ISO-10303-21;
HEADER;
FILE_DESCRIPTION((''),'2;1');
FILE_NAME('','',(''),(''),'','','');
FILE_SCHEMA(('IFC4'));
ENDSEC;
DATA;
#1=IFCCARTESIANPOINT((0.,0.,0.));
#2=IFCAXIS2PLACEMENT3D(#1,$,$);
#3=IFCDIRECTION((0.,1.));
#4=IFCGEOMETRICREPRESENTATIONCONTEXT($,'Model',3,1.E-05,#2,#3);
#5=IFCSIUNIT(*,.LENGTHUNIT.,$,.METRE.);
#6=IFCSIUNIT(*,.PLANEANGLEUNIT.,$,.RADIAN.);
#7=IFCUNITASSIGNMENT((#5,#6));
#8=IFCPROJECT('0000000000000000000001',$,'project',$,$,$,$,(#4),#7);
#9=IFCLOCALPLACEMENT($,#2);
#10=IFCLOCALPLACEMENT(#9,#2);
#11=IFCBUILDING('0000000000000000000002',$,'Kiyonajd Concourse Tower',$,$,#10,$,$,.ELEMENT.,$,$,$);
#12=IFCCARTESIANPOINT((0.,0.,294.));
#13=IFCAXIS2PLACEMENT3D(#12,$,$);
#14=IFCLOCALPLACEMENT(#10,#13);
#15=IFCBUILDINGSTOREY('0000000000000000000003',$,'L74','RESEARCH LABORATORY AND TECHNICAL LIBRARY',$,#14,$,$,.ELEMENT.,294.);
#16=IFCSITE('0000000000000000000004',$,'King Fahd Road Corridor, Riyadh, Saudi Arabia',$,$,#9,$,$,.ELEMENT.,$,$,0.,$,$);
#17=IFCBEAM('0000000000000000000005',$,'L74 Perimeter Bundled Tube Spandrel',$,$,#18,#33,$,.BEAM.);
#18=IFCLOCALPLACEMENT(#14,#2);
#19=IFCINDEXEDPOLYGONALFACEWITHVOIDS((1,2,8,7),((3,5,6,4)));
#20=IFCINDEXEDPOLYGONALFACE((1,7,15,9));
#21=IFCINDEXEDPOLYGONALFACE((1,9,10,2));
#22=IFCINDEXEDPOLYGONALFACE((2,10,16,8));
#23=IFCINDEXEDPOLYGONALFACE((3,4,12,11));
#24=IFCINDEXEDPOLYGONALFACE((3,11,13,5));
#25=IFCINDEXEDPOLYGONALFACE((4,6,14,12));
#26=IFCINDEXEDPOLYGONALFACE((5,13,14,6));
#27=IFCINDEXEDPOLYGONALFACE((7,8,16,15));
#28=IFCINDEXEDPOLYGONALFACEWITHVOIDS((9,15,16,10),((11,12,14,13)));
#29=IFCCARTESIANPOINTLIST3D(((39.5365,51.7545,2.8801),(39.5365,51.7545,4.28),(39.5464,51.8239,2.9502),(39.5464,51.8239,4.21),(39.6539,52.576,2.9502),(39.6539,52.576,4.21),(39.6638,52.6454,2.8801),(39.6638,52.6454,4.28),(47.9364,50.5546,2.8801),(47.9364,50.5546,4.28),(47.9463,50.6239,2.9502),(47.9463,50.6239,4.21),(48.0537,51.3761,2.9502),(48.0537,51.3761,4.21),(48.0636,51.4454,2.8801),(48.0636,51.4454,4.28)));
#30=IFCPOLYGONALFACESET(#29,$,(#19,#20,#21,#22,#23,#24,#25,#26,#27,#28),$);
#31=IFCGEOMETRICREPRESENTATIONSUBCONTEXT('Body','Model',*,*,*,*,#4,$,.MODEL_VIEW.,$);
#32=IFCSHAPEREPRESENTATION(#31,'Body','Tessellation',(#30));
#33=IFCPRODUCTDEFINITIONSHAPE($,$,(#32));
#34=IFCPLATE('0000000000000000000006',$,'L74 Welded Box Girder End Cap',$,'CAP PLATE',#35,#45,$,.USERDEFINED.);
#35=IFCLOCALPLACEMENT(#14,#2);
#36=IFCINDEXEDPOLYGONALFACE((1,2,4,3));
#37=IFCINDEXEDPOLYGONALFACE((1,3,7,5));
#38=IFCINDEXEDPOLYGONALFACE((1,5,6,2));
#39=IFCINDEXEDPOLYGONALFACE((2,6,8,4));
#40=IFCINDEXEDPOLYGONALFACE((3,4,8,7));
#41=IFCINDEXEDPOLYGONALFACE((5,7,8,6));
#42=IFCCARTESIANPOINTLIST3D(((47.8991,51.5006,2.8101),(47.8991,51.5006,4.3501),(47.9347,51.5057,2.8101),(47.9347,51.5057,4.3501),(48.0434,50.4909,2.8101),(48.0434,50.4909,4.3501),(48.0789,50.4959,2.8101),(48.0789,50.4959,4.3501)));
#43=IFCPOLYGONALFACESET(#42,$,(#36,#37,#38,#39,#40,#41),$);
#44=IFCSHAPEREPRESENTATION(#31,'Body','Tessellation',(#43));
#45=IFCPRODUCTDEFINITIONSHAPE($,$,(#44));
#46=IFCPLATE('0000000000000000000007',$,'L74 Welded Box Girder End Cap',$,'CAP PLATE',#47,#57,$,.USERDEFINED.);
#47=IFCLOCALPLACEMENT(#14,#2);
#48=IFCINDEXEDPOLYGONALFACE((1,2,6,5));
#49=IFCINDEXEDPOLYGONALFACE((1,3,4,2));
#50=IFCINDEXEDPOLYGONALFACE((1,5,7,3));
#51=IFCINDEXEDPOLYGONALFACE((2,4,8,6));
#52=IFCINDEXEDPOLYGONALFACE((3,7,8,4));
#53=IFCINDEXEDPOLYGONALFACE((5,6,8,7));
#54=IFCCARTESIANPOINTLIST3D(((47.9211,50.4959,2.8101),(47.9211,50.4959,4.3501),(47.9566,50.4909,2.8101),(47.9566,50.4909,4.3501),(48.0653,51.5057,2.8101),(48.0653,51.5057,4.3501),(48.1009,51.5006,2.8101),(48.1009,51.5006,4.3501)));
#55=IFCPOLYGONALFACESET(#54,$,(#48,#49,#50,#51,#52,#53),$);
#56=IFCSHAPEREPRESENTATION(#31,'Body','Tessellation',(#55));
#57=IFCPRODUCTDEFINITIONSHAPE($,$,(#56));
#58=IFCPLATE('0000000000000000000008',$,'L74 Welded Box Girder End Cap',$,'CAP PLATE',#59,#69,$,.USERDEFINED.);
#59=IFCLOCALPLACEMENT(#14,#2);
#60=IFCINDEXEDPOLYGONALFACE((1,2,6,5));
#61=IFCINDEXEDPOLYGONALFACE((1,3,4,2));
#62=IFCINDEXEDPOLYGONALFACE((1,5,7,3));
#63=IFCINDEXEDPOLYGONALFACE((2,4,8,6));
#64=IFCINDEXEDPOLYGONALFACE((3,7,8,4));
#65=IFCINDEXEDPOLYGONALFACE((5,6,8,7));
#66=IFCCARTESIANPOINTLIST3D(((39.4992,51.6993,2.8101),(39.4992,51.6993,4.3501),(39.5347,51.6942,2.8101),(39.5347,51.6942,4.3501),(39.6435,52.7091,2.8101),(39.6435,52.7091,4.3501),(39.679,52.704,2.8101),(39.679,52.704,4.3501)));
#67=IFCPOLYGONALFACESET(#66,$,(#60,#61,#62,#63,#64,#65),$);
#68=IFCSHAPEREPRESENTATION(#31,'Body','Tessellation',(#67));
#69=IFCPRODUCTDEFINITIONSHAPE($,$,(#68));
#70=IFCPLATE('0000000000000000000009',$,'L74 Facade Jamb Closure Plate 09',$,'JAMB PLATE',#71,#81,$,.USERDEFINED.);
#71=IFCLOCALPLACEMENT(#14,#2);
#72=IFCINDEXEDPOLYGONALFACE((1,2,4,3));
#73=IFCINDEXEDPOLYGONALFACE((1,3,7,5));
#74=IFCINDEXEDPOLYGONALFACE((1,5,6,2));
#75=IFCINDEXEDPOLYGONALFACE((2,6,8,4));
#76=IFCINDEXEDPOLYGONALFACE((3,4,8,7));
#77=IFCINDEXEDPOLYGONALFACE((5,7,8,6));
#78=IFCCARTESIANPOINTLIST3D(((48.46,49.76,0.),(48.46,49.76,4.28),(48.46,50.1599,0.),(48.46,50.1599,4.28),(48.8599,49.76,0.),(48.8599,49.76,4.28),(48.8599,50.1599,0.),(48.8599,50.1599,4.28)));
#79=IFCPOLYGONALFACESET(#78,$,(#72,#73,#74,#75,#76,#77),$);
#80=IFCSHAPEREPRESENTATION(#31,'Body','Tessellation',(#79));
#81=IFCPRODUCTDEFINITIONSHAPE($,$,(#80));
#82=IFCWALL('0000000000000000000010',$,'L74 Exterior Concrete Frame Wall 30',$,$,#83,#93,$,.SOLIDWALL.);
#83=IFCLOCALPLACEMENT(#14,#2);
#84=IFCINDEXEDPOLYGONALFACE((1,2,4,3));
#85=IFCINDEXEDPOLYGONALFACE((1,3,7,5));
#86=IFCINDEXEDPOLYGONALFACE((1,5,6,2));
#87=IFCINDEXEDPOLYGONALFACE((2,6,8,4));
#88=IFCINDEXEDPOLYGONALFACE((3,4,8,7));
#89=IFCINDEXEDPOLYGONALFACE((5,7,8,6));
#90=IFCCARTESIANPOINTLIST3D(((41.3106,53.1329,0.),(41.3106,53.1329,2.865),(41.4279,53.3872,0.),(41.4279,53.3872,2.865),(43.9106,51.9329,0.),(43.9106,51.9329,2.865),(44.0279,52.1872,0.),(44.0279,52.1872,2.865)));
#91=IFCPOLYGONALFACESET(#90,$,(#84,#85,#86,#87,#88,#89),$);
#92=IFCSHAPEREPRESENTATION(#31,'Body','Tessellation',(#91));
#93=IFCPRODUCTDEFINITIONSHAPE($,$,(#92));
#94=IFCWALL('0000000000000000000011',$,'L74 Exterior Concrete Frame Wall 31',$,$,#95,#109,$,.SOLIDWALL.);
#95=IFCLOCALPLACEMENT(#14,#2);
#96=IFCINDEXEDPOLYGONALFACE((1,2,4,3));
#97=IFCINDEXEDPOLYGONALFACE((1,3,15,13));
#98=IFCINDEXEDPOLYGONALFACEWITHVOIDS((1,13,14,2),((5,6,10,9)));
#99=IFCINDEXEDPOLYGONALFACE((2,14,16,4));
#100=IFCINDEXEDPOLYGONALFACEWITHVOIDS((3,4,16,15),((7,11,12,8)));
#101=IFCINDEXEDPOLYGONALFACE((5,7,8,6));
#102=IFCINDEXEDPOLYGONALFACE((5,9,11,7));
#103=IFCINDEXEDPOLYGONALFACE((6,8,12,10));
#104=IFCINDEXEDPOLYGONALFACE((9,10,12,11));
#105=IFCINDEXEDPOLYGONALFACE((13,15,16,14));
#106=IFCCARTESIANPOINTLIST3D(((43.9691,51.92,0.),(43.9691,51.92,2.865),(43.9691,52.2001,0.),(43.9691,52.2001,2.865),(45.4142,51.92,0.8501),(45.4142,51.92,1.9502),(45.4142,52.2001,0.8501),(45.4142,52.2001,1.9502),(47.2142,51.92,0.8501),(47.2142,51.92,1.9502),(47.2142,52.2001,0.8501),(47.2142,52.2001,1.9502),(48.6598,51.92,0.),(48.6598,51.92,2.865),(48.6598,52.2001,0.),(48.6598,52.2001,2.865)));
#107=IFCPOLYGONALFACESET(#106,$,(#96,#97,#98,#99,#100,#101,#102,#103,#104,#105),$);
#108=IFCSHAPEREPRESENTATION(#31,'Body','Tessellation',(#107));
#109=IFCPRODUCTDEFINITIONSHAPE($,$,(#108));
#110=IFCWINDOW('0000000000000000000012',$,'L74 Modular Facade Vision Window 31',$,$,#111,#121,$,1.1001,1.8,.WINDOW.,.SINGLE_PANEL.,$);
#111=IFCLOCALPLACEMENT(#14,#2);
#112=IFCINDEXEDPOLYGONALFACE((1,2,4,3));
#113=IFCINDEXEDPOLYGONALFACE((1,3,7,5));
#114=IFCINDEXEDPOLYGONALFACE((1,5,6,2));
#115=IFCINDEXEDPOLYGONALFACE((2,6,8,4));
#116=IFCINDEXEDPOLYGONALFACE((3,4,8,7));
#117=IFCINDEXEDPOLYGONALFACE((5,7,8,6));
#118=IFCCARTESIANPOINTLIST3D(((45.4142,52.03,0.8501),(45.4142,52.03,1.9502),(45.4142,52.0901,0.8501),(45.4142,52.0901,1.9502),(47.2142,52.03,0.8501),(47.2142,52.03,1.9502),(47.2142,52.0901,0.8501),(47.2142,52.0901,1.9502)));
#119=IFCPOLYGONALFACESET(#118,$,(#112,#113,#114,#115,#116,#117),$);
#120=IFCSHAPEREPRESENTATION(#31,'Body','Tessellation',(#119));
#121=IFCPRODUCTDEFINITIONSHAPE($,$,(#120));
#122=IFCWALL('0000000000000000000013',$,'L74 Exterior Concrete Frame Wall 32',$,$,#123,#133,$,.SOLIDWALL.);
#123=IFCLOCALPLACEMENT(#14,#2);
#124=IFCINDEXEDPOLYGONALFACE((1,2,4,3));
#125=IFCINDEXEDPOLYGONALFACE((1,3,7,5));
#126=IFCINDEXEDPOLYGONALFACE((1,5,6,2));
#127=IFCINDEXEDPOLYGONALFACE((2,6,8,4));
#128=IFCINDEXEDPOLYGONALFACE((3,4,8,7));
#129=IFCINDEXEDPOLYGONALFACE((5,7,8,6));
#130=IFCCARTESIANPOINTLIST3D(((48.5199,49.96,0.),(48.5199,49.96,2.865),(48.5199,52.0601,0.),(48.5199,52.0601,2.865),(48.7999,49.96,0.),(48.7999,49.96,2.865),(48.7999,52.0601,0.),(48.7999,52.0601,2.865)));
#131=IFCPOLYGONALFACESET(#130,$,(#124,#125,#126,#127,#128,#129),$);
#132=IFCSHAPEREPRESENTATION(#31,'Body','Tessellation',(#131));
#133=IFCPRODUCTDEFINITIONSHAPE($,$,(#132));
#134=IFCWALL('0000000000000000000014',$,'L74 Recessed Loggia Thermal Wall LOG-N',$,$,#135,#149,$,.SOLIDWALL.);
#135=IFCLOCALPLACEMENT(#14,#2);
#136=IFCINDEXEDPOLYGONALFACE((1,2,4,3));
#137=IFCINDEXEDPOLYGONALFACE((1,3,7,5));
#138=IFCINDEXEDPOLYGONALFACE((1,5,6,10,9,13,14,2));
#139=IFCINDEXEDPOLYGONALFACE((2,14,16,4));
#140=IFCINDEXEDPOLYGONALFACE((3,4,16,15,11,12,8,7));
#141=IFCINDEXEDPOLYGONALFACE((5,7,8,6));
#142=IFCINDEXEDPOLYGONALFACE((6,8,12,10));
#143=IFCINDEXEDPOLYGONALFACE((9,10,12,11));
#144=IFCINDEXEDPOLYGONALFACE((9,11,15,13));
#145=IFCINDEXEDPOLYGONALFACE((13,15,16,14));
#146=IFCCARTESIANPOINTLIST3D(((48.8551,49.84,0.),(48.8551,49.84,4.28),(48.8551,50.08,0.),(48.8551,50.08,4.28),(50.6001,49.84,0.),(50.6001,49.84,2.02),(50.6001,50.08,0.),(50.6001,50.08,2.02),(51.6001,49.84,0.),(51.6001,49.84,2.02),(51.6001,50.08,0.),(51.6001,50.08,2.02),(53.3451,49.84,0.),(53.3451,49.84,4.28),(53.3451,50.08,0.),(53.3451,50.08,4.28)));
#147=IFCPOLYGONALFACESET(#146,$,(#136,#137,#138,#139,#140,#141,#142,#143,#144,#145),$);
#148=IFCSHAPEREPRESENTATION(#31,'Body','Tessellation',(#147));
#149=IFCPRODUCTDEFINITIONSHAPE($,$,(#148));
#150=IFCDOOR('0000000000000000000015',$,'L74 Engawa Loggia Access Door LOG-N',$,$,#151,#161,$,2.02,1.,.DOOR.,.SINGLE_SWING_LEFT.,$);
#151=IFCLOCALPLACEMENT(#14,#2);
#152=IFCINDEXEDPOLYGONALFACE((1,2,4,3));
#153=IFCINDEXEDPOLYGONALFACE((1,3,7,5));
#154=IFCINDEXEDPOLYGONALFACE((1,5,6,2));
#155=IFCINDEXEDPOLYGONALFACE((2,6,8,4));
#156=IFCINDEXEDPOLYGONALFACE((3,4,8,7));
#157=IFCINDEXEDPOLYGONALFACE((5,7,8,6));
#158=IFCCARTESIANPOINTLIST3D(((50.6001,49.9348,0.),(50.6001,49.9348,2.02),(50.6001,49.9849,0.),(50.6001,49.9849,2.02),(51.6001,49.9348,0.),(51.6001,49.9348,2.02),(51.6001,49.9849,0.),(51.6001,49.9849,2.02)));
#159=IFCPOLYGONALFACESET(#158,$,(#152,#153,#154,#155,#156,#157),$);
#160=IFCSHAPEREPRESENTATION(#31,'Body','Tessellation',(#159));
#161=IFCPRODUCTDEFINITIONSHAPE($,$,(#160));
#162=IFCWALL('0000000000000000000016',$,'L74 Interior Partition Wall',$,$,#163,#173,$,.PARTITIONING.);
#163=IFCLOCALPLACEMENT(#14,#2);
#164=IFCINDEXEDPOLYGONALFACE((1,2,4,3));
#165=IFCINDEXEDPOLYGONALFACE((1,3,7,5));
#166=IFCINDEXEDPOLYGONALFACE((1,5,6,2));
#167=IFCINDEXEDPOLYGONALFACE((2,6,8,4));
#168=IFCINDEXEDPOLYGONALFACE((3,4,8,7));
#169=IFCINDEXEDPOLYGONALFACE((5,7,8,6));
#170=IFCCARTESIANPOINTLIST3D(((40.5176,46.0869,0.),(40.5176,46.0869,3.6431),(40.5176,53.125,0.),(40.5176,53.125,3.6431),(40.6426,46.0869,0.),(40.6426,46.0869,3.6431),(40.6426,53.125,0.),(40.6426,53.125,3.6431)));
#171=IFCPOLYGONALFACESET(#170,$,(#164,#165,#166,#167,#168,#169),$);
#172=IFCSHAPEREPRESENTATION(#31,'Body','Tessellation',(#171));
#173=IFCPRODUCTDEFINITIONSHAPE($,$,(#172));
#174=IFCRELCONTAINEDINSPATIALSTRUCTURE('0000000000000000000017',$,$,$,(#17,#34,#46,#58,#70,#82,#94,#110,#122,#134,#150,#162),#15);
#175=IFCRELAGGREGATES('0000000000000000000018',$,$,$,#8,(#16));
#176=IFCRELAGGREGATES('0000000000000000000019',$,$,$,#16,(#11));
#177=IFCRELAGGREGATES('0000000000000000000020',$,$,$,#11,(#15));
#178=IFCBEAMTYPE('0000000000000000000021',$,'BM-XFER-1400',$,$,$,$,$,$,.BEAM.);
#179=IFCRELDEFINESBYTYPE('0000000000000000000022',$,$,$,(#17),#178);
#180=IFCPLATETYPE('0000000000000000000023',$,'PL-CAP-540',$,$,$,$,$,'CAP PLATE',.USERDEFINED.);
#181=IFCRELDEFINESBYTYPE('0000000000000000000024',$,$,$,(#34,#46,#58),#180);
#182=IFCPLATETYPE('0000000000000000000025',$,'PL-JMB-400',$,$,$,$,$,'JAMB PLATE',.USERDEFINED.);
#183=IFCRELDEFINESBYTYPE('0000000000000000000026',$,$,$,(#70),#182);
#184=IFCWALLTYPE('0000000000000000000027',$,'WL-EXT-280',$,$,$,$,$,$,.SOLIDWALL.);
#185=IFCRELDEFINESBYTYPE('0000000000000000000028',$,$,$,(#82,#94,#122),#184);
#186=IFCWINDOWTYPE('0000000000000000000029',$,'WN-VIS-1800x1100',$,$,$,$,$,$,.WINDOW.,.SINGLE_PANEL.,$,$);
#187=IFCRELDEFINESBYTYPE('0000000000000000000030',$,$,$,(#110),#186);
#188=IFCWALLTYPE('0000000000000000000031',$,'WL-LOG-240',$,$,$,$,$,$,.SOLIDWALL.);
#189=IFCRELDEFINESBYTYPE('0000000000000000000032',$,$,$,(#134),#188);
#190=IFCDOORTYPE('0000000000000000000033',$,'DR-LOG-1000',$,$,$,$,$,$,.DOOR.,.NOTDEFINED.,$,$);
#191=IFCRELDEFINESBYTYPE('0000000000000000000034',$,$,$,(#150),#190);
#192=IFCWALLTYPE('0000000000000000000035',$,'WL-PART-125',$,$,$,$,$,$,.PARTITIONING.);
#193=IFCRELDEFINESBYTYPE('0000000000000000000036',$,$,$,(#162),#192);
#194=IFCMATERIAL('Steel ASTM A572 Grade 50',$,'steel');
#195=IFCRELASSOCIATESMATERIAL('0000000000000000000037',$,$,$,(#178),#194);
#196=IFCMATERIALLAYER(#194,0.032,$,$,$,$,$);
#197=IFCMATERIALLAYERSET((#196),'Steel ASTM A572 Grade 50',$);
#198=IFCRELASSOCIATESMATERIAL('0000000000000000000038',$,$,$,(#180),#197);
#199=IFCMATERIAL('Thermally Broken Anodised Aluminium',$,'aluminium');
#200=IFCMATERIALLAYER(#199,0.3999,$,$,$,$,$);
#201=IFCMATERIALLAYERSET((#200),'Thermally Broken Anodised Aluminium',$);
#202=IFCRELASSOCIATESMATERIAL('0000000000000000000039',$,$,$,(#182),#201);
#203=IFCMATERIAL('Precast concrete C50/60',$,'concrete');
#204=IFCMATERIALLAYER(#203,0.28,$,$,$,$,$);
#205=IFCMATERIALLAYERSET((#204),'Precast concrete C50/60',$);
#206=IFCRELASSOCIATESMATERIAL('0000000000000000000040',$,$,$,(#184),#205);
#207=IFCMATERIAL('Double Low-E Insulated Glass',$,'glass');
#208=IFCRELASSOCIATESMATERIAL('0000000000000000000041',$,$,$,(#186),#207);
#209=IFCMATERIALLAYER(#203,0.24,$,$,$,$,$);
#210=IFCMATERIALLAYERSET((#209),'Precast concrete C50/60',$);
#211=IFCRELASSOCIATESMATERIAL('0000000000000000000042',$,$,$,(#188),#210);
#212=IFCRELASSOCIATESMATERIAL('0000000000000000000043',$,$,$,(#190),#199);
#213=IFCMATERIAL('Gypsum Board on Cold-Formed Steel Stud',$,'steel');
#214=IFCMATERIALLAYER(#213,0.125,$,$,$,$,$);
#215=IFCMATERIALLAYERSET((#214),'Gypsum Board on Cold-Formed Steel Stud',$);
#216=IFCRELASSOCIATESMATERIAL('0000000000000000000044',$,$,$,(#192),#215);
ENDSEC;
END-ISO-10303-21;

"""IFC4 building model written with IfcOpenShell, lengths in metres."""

from ifc_helpers import new_model, si_unit, direction, frame, frame_2d, origin, origin_2d, place, context, subcontext, project, spatial, rectangle, hollow_rectangle, extrude, material, layer, layer_set, material_profile, profile_set, type_object, element, fill, save


model = new_model("IFC4")

# Units and contexts
model_context = context("Model", 3, precision=1e-05, world=origin(), true_north=direction((0.0, 1.0)))
body_context = subcontext(model_context, "Body", "Model", "MODEL_VIEW")
ifc_project = project(units=[si_unit("LENGTHUNIT", "METRE"), si_unit("PLANEANGLEUNIT", "RADIAN")], contexts=[model_context])

# Site, building, storey
site_placement = place(None, origin())
site = spatial("IfcSite", under=ifc_project, at=site_placement, Name="King Fahd Road Corridor, Riyadh, Saudi Arabia", CompositionType="ELEMENT", RefElevation=0.0)
building_placement = place(site_placement, origin())
building = spatial("IfcBuilding", under=site, at=building_placement, Name="Kiyonajd Concourse Tower", CompositionType="ELEMENT")
storey_placement = place(building_placement, frame((0.0, 0.0, 294.0)))
storey = spatial("IfcBuildingStorey", under=building, at=storey_placement, Name="L74", Description="RESEARCH LABORATORY AND TECHNICAL LIBRARY", CompositionType="ELEMENT", Elevation=294.0)

# Beam
ifc_material_1 = material(Name="Steel ASTM A572 Grade 50", Category="steel")
ifc_material_profile_1 = material_profile(ifc_material_1, hollow_rectangle(XDim=0.8999, YDim=1.3999, WallThickness=0.0701, at=origin_2d()), Name="BOX-1400x900x70")
ifc_profile_set_1 = profile_set([ifc_material_profile_1], Name="Steel ASTM A572 Grade 50")
beam_type_1 = type_object("IfcBeamType", Name="BM-XFER-1400", PredefinedType="BEAM", material=ifc_profile_set_1)
beam_1_placement = place(storey_placement, frame((48.0, 51.0, 3.5801), z_axis=(-0.98995, 0.141417, 0.0), x_axis=(-0.141417, -0.98995, 0.0)))
element("IfcBeam", 1, at=beam_1_placement, inside=storey, type_object=beam_type_1, Name="L74 Perimeter Bundled Tube Spandrel", PredefinedType="BEAM", context=body_context, shape_type="SweptSolid", body=[
    extrude(hollow_rectangle(XDim=0.8999, YDim=1.3999, WallThickness=0.0701, at=origin_2d()), origin(), (0.0, 0.0, 1.0), 8.4851),
])

# Plates
ifc_layer_1 = layer(ifc_material_1, 0.032)
ifc_layer_set_1 = layer_set([ifc_layer_1], Name="Steel ASTM A572 Grade 50")
plate_type_1 = type_object("IfcPlateType", Name="PL-CAP-540", ElementType="CAP PLATE", PredefinedType="USERDEFINED", material=ifc_layer_set_1)
for number, where, z_axis, x_axis, name in (
    (2, (47.989, 50.9983, 2.8101), (0.0, 0.0, 1.0), (-0.98995, -0.14142, 0.0), "L74 Welded Box Girder End Cap"),
    (3, (48.011, 50.9983, 2.8101), (0.0, 0.0, 1.0), (0.98995, -0.14142, 0.0), "L74 Welded Box Girder End Cap"),
    (4, (39.5891, 52.2017, 2.8101), (0.0, 0.0, 1.0), (-0.98995, 0.14142, 0.0), "L74 Welded Box Girder End Cap"),
):
    element("IfcPlate", number, at=place(storey_placement, frame(where, z_axis=z_axis, x_axis=x_axis)), inside=storey, type_object=plate_type_1, Name=name, ObjectType="CAP PLATE", PredefinedType="USERDEFINED", context=body_context, shape_type="SweptSolid", body=[
        extrude(rectangle(XDim=0.0359, YDim=1.02, at=origin_2d()), origin(), (0.0, 0.0, 1.0), 1.54),
    ])
ifc_material_2 = material(Name="Thermally Broken Anodised Aluminium", Category="aluminium")
ifc_layer_2 = layer(ifc_material_2, 0.3999)
ifc_layer_set_2 = layer_set([ifc_layer_2], Name="Thermally Broken Anodised Aluminium")
plate_type_2 = type_object("IfcPlateType", Name="PL-JMB-400", ElementType="JAMB PLATE", PredefinedType="USERDEFINED", material=ifc_layer_set_2)
plate_placement = place(storey_placement, frame((48.6599, 49.96, 0.0), z_axis=(0.0, 0.0, 1.0), x_axis=(1.0, 0.0, 0.0)))
element("IfcPlate", 5, at=plate_placement, inside=storey, type_object=plate_type_2, Name="L74 Facade Jamb Closure Plate 09", ObjectType="JAMB PLATE", PredefinedType="USERDEFINED", context=body_context, shape_type="SweptSolid", body=[
    extrude(rectangle(XDim=0.3999, YDim=0.3999, at=origin_2d()), origin(), (0.0, 0.0, 1.0), 4.28),
])

# Wall
ifc_material_3 = material(Name="Precast concrete C50/60", Category="concrete")
ifc_layer_3 = layer(ifc_material_3, 0.28)
ifc_layer_set_3 = layer_set([ifc_layer_3], Name="Precast concrete C50/60")
wall_type_1 = type_object("IfcWallType", Name="WL-EXT-280", PredefinedType="SOLIDWALL", material=ifc_layer_set_3)
wall_1_placement = place(storey_placement, frame((41.3694, 53.26, 0.0), z_axis=(0.0, 0.0, 1.0), x_axis=(0.907957, -0.419064, 0.0)))
element("IfcWall", 6, at=wall_1_placement, inside=storey, type_object=wall_type_1, Name="L74 Exterior Concrete Frame Wall 30", PredefinedType="SOLIDWALL", context=body_context, shape_type="SweptSolid", body=[
    extrude(rectangle(XDim=2.8635, YDim=0.28, at=frame_2d((1.4316, 0.0))), origin(), (0.0, 0.0, 1.0), 2.865),
])

# Wall, opening, window
wall_2_placement = place(storey_placement, frame((43.9692, 52.0601, 0.0), z_axis=(0.0, 0.0, 1.0), x_axis=(1.0, 0.0, 0.0)))
wall_2 = element("IfcWall", 7, at=wall_2_placement, inside=storey, type_object=wall_type_1, Name="L74 Exterior Concrete Frame Wall 31", PredefinedType="SOLIDWALL", context=body_context, shape_type="SweptSolid", body=[
    extrude(rectangle(XDim=4.6907, YDim=0.28, at=frame_2d((2.3452, 0.0))), origin(), (0.0, 0.0, 1.0), 2.865),
])
opening_1_placement = place(wall_2_placement, frame((1.4451, 0.0, 0.8501)))
opening_1 = element("IfcOpeningElement", 8, at=opening_1_placement, cuts=wall_2, PredefinedType="OPENING", context=body_context, shape_type="SweptSolid", body=[
    extrude(rectangle(XDim=1.8, YDim=1.1001, at=frame_2d((0.8999, 0.55))), frame((0.0, 0.1499, 0.0), z_axis=(0.0, -1.0, 0.0), x_axis=(1.0, 0.0, 0.0)), (0.0, 0.0, 1.0), 0.3),
])
ifc_material_4 = material(Name="Double Low-E Insulated Glass", Category="glass")
window_type = type_object("IfcWindowType", Name="WN-VIS-1800x1100", PartitioningType="SINGLE_PANEL", PredefinedType="WINDOW", material=ifc_material_4)
window_placement = place(opening_1_placement, origin())
window = element("IfcWindow", 9, at=window_placement, inside=storey, type_object=window_type, Name="L74 Modular Facade Vision Window 31", OverallHeight=1.1001, OverallWidth=1.8, PartitioningType="SINGLE_PANEL", PredefinedType="WINDOW", context=body_context, shape_type="SweptSolid", body=[
    extrude(rectangle(XDim=1.8, YDim=1.1001, at=frame_2d((0.8999, 0.55))), frame((0.0, 0.03, 0.0), z_axis=(0.0, -1.0, 0.0), x_axis=(1.0, 0.0, 0.0)), (0.0, 0.0, 1.0), 0.0601),
])
fill(opening_1, window)

# Wall
wall_3_placement = place(storey_placement, frame((48.6599, 52.0601, 0.0), z_axis=(0.0, 0.0, 1.0), x_axis=(0.0, -1.0, 0.0)))
element("IfcWall", 10, at=wall_3_placement, inside=storey, type_object=wall_type_1, Name="L74 Exterior Concrete Frame Wall 32", PredefinedType="SOLIDWALL", context=body_context, shape_type="SweptSolid", body=[
    extrude(rectangle(XDim=2.1001, YDim=0.28, at=frame_2d((1.05, 0.0))), origin(), (0.0, 0.0, 1.0), 2.865),
])

# Wall, opening, door
ifc_layer_4 = layer(ifc_material_3, 0.24)
ifc_layer_set_4 = layer_set([ifc_layer_4], Name="Precast concrete C50/60")
wall_type_2 = type_object("IfcWallType", Name="WL-LOG-240", PredefinedType="SOLIDWALL", material=ifc_layer_set_4)
wall_4_placement = place(storey_placement, frame((48.855, 49.96, 0.0), z_axis=(0.0, 0.0, 1.0), x_axis=(1.0, 0.0, 0.0)))
wall_4 = element("IfcWall", 11, at=wall_4_placement, inside=storey, type_object=wall_type_2, Name="L74 Recessed Loggia Thermal Wall LOG-N", PredefinedType="SOLIDWALL", context=body_context, shape_type="SweptSolid", body=[
    extrude(rectangle(XDim=4.49, YDim=0.24, at=frame_2d((2.2451, 0.0))), origin(), (0.0, 0.0, 1.0), 4.28),
])
opening_2_placement = place(wall_4_placement, frame((1.7451, 0.0, 0.0)))
opening_2 = element("IfcOpeningElement", 12, at=opening_2_placement, cuts=wall_4, PredefinedType="OPENING", context=body_context, shape_type="SweptSolid", body=[
    extrude(rectangle(XDim=1.0, YDim=2.02, at=frame_2d((0.5, 1.01))), frame((0.0, 0.1299, 0.0), z_axis=(0.0, -1.0, 0.0), x_axis=(1.0, 0.0, 0.0)), (0.0, 0.0, 1.0), 0.26),
])
door_type = type_object("IfcDoorType", Name="DR-LOG-1000", OperationType="NOTDEFINED", PredefinedType="DOOR", material=ifc_material_2)
door_placement = place(opening_2_placement, origin())
door = element("IfcDoor", 13, at=door_placement, inside=storey, type_object=door_type, Name="L74 Engawa Loggia Access Door LOG-N", OperationType="SINGLE_SWING_LEFT", OverallHeight=2.02, OverallWidth=1.0, PredefinedType="DOOR", context=body_context, shape_type="SweptSolid", body=[
    extrude(rectangle(XDim=1.0, YDim=2.02, at=frame_2d((0.5, 1.01))), frame((0.0, 0.0249, 0.0), z_axis=(0.0, -1.0, 0.0), x_axis=(1.0, 0.0, 0.0)), (0.0, 0.0, 1.0), 0.05),
])
fill(opening_2, door)

# Wall
ifc_material_5 = material(Name="Gypsum Board on Cold-Formed Steel Stud", Category="steel")
ifc_layer_5 = layer(ifc_material_5, 0.125)
ifc_layer_set_5 = layer_set([ifc_layer_5], Name="Gypsum Board on Cold-Formed Steel Stud")
wall_type_3 = type_object("IfcWallType", Name="WL-PART-125", PredefinedType="PARTITIONING", material=ifc_layer_set_5)
wall_5_placement = place(storey_placement, frame((40.5801, 46.0869, 0.0), z_axis=(0.0, 0.0, 1.0), x_axis=(0.0, 1.0, 0.0)))
element("IfcWall", 14, at=wall_5_placement, inside=storey, type_object=wall_type_3, Name="L74 Interior Partition Wall", PredefinedType="PARTITIONING", context=body_context, shape_type="SweptSolid", body=[
    extrude(rectangle(XDim=7.0381, YDim=0.125, at=frame_2d((3.519, 0.0))), origin(), (0.0, 0.0, 1.0), 3.6431),
])

save(model, "model.ifc")
